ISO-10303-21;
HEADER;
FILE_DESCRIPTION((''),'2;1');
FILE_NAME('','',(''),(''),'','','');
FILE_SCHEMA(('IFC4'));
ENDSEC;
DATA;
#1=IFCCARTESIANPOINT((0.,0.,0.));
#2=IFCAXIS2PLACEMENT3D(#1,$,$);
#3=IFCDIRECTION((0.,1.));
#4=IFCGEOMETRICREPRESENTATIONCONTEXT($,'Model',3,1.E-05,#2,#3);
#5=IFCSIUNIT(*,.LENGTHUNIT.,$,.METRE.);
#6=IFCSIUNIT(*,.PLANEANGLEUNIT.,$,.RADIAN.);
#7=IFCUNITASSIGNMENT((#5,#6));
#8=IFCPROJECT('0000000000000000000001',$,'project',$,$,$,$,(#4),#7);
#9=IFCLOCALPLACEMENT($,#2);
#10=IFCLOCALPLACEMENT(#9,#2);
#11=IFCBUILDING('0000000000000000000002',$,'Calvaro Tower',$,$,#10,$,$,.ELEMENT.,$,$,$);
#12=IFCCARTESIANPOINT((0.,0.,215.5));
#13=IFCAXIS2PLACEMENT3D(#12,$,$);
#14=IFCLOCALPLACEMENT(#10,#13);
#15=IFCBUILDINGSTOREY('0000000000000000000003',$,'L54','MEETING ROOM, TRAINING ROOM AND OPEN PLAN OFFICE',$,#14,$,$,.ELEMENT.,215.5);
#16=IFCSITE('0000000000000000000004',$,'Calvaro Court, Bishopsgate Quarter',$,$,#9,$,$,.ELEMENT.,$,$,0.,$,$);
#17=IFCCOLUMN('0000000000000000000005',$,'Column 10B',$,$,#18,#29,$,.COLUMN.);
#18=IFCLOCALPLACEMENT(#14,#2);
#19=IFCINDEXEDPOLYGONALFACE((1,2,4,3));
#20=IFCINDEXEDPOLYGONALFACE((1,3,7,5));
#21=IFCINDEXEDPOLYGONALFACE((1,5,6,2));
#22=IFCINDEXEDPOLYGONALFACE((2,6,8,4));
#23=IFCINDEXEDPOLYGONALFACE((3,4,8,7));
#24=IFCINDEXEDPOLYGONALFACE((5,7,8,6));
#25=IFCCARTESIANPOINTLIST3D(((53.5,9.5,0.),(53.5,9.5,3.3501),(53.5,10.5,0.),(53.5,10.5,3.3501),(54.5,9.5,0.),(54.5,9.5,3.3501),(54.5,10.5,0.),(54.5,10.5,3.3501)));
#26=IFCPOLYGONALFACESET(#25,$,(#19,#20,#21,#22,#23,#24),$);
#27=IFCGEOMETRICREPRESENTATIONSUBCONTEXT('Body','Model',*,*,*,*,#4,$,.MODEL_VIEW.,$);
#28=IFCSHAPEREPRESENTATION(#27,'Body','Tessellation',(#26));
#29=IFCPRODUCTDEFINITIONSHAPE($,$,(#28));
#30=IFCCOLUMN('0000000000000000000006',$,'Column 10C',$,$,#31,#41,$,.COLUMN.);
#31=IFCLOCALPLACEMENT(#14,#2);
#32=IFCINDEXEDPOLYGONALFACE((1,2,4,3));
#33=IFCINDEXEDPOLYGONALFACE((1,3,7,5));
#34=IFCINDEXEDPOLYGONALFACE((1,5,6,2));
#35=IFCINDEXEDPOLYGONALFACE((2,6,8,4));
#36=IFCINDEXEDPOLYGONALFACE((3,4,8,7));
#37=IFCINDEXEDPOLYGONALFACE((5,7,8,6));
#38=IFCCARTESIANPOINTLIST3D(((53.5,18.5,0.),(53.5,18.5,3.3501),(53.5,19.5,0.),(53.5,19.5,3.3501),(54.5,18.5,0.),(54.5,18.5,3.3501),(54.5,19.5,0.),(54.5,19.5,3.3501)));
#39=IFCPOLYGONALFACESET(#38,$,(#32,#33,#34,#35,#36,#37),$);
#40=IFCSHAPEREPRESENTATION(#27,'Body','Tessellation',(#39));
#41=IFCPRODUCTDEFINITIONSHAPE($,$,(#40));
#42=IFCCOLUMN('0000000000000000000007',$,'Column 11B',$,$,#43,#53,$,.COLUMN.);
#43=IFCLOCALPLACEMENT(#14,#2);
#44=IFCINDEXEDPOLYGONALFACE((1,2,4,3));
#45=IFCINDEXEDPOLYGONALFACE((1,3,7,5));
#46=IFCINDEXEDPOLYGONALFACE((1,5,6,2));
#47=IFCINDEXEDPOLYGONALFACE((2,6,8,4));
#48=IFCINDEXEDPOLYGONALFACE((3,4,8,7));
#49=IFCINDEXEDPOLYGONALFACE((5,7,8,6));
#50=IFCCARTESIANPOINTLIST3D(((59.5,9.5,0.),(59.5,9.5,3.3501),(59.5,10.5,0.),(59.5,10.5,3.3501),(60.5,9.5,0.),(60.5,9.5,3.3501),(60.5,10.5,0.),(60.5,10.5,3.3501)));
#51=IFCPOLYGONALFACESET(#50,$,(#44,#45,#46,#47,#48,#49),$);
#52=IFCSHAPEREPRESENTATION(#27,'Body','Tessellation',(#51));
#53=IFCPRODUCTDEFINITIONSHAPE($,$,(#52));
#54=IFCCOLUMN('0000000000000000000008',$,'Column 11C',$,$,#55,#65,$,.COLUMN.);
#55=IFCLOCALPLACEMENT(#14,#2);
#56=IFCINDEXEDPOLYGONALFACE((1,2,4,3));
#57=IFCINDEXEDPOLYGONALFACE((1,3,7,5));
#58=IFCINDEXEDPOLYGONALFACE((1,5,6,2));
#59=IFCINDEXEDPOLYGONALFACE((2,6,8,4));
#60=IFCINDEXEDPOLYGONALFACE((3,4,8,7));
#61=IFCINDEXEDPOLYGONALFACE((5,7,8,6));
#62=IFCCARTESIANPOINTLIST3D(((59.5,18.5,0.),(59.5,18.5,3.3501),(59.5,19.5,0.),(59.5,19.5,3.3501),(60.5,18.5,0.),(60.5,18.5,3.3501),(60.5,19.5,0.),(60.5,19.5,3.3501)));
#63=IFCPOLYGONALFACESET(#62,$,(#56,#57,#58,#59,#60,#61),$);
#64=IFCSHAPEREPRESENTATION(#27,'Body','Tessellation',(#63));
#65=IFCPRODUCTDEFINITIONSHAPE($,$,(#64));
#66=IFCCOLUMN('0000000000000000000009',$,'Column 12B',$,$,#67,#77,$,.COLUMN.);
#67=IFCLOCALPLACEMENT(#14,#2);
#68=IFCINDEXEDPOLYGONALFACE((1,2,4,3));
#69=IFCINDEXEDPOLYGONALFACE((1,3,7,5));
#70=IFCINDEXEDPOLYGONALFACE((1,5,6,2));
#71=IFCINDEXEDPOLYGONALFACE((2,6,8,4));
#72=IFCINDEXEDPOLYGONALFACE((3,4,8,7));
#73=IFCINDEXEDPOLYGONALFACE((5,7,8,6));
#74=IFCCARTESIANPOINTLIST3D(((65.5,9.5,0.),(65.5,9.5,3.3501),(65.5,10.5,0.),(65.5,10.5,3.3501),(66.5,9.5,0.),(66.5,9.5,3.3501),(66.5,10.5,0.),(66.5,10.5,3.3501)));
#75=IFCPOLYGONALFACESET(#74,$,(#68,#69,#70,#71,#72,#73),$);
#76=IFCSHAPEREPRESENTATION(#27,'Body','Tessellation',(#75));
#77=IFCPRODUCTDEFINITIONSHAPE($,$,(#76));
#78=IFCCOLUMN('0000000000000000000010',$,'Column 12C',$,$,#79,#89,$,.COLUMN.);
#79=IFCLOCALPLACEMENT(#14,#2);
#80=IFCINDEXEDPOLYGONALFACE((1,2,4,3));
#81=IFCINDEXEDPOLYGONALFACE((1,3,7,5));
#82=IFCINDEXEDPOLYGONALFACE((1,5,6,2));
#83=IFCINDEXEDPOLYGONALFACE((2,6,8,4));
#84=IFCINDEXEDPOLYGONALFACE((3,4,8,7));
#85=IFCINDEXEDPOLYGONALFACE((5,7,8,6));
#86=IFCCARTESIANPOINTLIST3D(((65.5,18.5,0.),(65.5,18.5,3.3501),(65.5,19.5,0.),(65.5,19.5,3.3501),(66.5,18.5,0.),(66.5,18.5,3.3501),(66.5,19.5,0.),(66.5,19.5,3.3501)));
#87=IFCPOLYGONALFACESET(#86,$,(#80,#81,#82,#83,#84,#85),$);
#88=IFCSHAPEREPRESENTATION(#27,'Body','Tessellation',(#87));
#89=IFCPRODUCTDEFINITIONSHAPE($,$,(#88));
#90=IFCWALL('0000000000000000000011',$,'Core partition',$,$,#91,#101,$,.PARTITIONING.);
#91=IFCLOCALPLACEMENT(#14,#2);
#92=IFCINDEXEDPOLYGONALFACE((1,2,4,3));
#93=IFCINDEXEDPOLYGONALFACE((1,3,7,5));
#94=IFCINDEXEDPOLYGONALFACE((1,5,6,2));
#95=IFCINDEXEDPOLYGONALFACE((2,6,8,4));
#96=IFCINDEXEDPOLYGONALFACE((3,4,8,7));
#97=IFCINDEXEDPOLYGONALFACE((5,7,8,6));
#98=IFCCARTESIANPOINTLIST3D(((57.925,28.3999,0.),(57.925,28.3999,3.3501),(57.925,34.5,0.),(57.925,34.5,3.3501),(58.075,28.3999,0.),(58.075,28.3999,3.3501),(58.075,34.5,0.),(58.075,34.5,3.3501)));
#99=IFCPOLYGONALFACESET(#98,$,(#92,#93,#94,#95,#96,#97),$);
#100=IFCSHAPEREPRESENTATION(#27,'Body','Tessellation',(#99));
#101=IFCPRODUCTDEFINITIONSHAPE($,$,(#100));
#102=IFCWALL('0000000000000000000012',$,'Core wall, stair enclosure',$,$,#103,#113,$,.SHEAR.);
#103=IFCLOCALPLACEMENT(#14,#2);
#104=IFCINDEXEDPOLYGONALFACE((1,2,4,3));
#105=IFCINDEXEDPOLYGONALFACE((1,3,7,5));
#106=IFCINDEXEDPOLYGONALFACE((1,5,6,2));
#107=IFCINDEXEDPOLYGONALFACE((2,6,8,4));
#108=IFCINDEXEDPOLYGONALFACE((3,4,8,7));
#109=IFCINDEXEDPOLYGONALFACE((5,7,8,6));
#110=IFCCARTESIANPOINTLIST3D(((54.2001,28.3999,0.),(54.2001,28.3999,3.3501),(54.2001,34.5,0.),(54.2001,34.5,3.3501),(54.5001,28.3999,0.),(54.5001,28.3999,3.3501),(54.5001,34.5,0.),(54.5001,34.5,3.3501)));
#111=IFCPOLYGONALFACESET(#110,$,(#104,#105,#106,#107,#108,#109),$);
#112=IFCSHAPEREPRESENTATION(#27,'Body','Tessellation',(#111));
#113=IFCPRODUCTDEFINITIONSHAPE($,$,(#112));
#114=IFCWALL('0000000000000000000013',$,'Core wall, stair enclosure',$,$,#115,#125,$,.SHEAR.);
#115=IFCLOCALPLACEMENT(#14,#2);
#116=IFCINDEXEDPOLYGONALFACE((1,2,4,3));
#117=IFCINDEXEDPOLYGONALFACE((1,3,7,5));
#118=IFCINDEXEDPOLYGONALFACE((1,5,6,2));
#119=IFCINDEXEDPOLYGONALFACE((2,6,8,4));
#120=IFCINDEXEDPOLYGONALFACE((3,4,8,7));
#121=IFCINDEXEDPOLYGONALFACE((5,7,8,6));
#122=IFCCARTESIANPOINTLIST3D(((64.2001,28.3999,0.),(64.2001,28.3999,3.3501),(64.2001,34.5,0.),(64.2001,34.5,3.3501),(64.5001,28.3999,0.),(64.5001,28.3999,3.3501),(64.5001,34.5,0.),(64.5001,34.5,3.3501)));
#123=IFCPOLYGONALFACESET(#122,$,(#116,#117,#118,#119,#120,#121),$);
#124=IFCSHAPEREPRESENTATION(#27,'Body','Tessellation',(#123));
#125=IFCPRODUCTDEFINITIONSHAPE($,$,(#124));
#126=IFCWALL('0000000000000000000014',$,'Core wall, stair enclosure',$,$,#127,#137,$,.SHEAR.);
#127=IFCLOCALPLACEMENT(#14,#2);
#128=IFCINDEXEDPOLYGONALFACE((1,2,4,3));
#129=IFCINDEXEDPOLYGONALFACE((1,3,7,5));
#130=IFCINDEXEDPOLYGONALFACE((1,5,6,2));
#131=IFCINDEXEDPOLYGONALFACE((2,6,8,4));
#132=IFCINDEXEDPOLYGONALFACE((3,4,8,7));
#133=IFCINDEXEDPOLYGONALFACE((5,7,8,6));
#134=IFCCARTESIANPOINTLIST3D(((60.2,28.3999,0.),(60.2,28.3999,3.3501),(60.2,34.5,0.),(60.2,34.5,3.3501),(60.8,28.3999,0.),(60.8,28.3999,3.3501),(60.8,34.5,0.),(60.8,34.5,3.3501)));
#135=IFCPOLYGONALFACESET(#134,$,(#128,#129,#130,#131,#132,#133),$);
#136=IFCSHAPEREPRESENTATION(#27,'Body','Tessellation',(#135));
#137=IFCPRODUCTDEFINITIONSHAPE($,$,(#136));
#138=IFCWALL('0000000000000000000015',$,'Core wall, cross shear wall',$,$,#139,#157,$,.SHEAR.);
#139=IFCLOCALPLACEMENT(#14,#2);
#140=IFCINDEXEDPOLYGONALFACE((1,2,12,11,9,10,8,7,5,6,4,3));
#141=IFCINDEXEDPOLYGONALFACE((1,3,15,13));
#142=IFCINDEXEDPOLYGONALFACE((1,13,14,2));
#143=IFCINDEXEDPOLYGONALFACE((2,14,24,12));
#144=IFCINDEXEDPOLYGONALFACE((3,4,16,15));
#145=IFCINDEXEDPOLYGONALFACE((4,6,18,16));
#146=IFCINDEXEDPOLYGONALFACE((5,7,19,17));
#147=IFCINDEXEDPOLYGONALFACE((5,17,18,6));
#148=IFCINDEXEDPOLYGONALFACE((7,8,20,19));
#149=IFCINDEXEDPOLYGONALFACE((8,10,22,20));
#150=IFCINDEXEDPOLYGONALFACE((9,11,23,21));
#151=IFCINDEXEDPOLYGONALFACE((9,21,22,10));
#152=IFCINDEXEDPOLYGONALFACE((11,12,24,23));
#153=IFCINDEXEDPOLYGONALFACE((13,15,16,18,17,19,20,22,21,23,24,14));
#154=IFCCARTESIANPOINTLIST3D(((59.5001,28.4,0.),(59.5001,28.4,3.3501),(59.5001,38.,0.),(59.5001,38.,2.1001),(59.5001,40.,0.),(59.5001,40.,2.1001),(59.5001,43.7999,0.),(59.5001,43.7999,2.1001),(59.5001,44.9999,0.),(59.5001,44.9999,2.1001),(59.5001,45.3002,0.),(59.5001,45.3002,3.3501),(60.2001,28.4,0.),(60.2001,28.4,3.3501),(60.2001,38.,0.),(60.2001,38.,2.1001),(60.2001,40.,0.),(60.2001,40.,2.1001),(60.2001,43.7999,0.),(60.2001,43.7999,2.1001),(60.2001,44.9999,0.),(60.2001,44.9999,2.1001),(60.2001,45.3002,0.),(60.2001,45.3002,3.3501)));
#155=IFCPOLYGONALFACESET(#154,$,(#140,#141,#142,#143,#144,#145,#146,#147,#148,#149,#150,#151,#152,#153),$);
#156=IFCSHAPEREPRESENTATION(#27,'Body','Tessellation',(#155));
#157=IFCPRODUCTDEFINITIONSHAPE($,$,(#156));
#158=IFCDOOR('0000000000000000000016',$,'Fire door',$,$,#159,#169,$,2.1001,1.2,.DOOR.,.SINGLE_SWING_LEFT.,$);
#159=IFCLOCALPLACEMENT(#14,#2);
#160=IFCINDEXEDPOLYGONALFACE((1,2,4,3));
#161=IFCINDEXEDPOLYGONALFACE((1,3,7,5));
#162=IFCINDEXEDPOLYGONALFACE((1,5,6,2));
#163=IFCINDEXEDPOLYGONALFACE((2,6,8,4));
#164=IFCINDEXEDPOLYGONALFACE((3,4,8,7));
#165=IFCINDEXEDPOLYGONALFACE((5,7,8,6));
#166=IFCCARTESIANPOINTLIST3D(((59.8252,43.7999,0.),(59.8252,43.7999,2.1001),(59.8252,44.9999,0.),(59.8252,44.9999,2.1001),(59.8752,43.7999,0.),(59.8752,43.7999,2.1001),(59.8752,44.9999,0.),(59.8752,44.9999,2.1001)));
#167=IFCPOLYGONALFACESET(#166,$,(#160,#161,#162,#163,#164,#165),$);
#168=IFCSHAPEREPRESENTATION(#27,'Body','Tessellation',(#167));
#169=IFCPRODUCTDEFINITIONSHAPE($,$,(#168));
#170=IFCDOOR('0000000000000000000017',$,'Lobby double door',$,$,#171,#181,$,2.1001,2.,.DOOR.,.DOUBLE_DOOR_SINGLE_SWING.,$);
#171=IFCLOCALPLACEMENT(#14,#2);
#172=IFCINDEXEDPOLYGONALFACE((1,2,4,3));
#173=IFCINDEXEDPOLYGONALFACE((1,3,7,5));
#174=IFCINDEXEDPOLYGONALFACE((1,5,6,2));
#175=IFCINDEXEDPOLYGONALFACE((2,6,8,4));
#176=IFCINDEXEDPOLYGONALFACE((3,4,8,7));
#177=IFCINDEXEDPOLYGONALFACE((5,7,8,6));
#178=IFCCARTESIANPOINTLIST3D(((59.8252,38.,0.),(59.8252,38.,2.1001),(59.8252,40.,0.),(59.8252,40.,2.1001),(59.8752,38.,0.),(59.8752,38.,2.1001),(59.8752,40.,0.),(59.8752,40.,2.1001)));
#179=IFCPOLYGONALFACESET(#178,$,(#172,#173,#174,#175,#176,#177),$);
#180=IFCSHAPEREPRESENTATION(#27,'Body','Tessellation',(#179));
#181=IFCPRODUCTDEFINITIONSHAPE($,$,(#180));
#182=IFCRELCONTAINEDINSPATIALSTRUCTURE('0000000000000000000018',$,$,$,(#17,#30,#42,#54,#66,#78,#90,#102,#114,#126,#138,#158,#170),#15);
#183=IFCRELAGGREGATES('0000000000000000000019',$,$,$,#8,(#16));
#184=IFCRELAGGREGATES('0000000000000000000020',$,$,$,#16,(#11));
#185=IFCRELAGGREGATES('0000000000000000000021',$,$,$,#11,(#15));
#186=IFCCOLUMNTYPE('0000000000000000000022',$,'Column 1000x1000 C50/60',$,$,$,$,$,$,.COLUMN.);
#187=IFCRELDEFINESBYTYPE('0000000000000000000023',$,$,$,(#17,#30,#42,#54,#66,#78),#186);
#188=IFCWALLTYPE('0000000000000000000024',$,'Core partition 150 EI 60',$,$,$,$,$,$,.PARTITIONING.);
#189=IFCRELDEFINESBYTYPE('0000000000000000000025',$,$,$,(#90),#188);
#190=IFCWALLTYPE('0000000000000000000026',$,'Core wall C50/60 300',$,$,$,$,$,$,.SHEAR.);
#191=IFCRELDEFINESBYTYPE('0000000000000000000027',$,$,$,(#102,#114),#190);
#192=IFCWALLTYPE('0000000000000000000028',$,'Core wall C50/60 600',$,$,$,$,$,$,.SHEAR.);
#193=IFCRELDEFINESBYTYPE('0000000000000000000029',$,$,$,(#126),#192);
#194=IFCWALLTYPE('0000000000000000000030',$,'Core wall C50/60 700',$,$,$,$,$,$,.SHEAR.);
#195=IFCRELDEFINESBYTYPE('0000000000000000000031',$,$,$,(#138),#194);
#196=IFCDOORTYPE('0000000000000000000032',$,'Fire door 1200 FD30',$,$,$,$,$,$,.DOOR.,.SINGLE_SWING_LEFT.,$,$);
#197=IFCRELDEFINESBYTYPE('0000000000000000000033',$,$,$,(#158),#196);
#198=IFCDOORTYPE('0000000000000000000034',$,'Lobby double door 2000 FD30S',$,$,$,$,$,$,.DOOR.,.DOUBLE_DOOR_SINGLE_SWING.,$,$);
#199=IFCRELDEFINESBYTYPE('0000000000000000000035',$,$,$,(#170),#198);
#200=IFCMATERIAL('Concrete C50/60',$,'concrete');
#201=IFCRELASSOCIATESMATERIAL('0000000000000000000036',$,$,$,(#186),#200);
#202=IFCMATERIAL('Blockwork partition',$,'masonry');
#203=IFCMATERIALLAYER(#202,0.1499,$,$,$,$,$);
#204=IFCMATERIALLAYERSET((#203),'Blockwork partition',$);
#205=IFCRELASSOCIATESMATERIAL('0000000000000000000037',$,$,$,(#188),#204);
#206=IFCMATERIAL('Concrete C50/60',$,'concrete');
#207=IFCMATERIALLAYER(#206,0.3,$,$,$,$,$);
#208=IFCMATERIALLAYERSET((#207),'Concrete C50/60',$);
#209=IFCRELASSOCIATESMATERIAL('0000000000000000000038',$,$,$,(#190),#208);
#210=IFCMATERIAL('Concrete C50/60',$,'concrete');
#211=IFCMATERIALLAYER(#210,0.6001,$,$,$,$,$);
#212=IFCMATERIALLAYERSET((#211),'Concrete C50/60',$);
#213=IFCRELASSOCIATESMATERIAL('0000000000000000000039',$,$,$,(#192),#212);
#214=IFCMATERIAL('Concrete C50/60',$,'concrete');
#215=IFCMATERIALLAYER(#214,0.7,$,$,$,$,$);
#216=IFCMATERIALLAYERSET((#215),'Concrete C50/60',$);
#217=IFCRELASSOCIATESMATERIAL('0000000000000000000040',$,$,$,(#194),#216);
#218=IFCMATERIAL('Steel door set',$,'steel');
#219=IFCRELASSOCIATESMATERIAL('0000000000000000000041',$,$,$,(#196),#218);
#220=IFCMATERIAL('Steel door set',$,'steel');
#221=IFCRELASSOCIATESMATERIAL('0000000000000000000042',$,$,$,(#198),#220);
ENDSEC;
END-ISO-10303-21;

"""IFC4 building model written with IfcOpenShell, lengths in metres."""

from ifc_helpers import new_model, si_unit, direction, frame, frame_2d, origin, origin_2d, place, context, subcontext, project, spatial, rectangle, extrude, material, layer, layer_set, material_profile, profile_set, type_object, element, fill, save


model = new_model("IFC4")

# Units and contexts
model_context = context("Model", 3, precision=1e-05, world=origin(), true_north=direction((0.0, 1.0)))
body_context = subcontext(model_context, "Body", "Model", "MODEL_VIEW")
ifc_project = project(units=[si_unit("LENGTHUNIT", "METRE"), si_unit("PLANEANGLEUNIT", "RADIAN")], contexts=[model_context])

# Site, building, storey
site_placement = place(None, origin())
site = spatial("IfcSite", under=ifc_project, at=site_placement, Name="Calvaro Court, Bishopsgate Quarter", CompositionType="ELEMENT", RefElevation=0.0)
building_placement = place(site_placement, origin())
building = spatial("IfcBuilding", under=site, at=building_placement, Name="Calvaro Tower", CompositionType="ELEMENT")
storey_placement = place(building_placement, frame((0.0, 0.0, 215.5)))
storey = spatial("IfcBuildingStorey", under=building, at=storey_placement, Name="L54", Description="MEETING ROOM, TRAINING ROOM AND OPEN PLAN OFFICE", CompositionType="ELEMENT", Elevation=215.5)

# Columns
ifc_material_1 = material(Name="Concrete C50/60", Category="concrete")
ifc_material_profile = material_profile(ifc_material_1, rectangle(XDim=1.0, YDim=1.0, at=origin_2d()), Name="RC 1000x1000")
ifc_profile_set = profile_set([ifc_material_profile], Name="Concrete C50/60")
column_type = type_object("IfcColumnType", Name="Column 1000x1000 C50/60", PredefinedType="COLUMN", material=ifc_profile_set)
for number, where, z_axis, x_axis, name in (
    (1, (54.0, 10.0, 0.0), (0.0, 0.0, 1.0), (1.0, 0.0, 0.0), "Column 10B"),
    (2, (54.0, 19.0, 0.0), (0.0, 0.0, 1.0), (1.0, 0.0, 0.0), "Column 10C"),
    (3, (60.0, 10.0, 0.0), (0.0, 0.0, 1.0), (1.0, 0.0, 0.0), "Column 11B"),
    (4, (60.0, 19.0, 0.0), (0.0, 0.0, 1.0), (1.0, 0.0, 0.0), "Column 11C"),
    (5, (66.0, 10.0, 0.0), (0.0, 0.0, 1.0), (1.0, 0.0, 0.0), "Column 12B"),
    (6, (66.0, 19.0, 0.0), (0.0, 0.0, 1.0), (1.0, 0.0, 0.0), "Column 12C"),
):
    element("IfcColumn", number, at=place(storey_placement, frame(where, z_axis=z_axis, x_axis=x_axis)), inside=storey, type_object=column_type, Name=name, PredefinedType="COLUMN", context=body_context, shape_type="SweptSolid", body=[
        extrude(rectangle(XDim=1.0, YDim=1.0, at=origin_2d()), origin(), (0.0, 0.0, 1.0), 3.3501),
    ])

# Walls
ifc_material_2 = material(Name="Blockwork partition", Category="masonry")
ifc_layer_1 = layer(ifc_material_2, 0.1499)
ifc_layer_set_1 = layer_set([ifc_layer_1], Name="Blockwork partition")
wall_type_1 = type_object("IfcWallType", Name="Core partition 150 EI 60", PredefinedType="PARTITIONING", material=ifc_layer_set_1)
wall_1_placement = place(storey_placement, frame((58.0, 28.3999, 0.0), z_axis=(0.0, 0.0, 1.0), x_axis=(0.0, 1.0, 0.0)))
element("IfcWall", 7, at=wall_1_placement, inside=storey, type_object=wall_type_1, Name="Core partition", PredefinedType="PARTITIONING", context=body_context, shape_type="SweptSolid", body=[
    extrude(rectangle(XDim=6.1001, YDim=0.1499, at=frame_2d((3.05, 0.0))), origin(), (0.0, 0.0, 1.0), 3.3501),
])
ifc_material_3 = material(Name="Concrete C50/60", Category="concrete")
ifc_layer_2 = layer(ifc_material_3, 0.3)
ifc_layer_set_2 = layer_set([ifc_layer_2], Name="Concrete C50/60")
wall_type_2 = type_object("IfcWallType", Name="Core wall C50/60 300", PredefinedType="SHEAR", material=ifc_layer_set_2)
for number, where, z_axis, x_axis, name in (
    (8, (54.3501, 28.3999, 0.0), (0.0, 0.0, 1.0), (0.0, 1.0, 0.0), "Core wall, stair enclosure"),
    (9, (64.3501, 28.3999, 0.0), (0.0, 0.0, 1.0), (0.0, 1.0, 0.0), "Core wall, stair enclosure"),
):
    element("IfcWall", number, at=place(storey_placement, frame(where, z_axis=z_axis, x_axis=x_axis)), inside=storey, type_object=wall_type_2, Name=name, PredefinedType="SHEAR", context=body_context, shape_type="SweptSolid", body=[
        extrude(rectangle(XDim=6.1001, YDim=0.3, at=frame_2d((3.05, 0.0))), origin(), (0.0, 0.0, 1.0), 3.3501),
    ])
ifc_material_4 = material(Name="Concrete C50/60", Category="concrete")
ifc_layer_3 = layer(ifc_material_4, 0.6001)
ifc_layer_set_3 = layer_set([ifc_layer_3], Name="Concrete C50/60")
wall_type_3 = type_object("IfcWallType", Name="Core wall C50/60 600", PredefinedType="SHEAR", material=ifc_layer_set_3)
wall_2_placement = place(storey_placement, frame((60.5, 28.3999, 0.0), z_axis=(0.0, 0.0, 1.0), x_axis=(0.0, 1.0, 0.0)))
element("IfcWall", 10, at=wall_2_placement, inside=storey, type_object=wall_type_3, Name="Core wall, stair enclosure", PredefinedType="SHEAR", context=body_context, shape_type="SweptSolid", body=[
    extrude(rectangle(XDim=6.1001, YDim=0.6001, at=frame_2d((3.05, 0.0))), origin(), (0.0, 0.0, 1.0), 3.3501),
])

# Wall, openings, doors
ifc_material_5 = material(Name="Concrete C50/60", Category="concrete")
ifc_layer_4 = layer(ifc_material_5, 0.7)
ifc_layer_set_4 = layer_set([ifc_layer_4], Name="Concrete C50/60")
wall_type_4 = type_object("IfcWallType", Name="Core wall C50/60 700", PredefinedType="SHEAR", material=ifc_layer_set_4)
wall_3_placement = place(storey_placement, frame((59.8501, 28.3999, 0.0), z_axis=(0.0, 0.0, 1.0), x_axis=(0.0, 1.0, 0.0)))
wall_3 = element("IfcWall", 11, at=wall_3_placement, inside=storey, type_object=wall_type_4, Name="Core wall, cross shear wall", PredefinedType="SHEAR", context=body_context, shape_type="SweptSolid", body=[
    extrude(rectangle(XDim=16.9001, YDim=0.7, at=frame_2d((8.4502, 0.0))), origin(), (0.0, 0.0, 1.0), 3.3501),
])
opening_1_placement = place(wall_3_placement, frame((9.6001, 0.0, 0.0)))
opening_1 = element("IfcOpeningElement", 12, at=opening_1_placement, cuts=wall_3, PredefinedType="OPENING", context=body_context, shape_type="SweptSolid", body=[
    extrude(rectangle(XDim=2.0, YDim=2.1001, at=frame_2d((1.0, 1.05))), frame((0.0, 0.3599, 0.0), z_axis=(0.0, -1.0, 0.0), x_axis=(1.0, 0.0, 0.0)), (0.0, 0.0, 1.0), 0.72),
])
opening_2_placement = place(wall_3_placement, frame((15.3999, 0.0, 0.0)))
opening_2 = element("IfcOpeningElement", 13, at=opening_2_placement, cuts=wall_3, PredefinedType="OPENING", context=body_context, shape_type="SweptSolid", body=[
    extrude(rectangle(XDim=1.2, YDim=2.1001, at=frame_2d((0.6001, 1.05))), frame((0.0, 0.3599, 0.0), z_axis=(0.0, -1.0, 0.0), x_axis=(1.0, 0.0, 0.0)), (0.0, 0.0, 1.0), 0.72),
])
ifc_material_6 = material(Name="Steel door set", Category="steel")
door_type_1 = type_object("IfcDoorType", Name="Fire door 1200 FD30", OperationType="SINGLE_SWING_LEFT", PredefinedType="DOOR", material=ifc_material_6)
door_1_placement = place(opening_2_placement, origin())
door_1 = element("IfcDoor", 14, at=door_1_placement, inside=storey, type_object=door_type_1, Name="Fire door", OperationType="SINGLE_SWING_LEFT", OverallHeight=2.1001, OverallWidth=1.2, PredefinedType="DOOR", context=body_context, shape_type="SweptSolid", body=[
    extrude(rectangle(XDim=1.2, YDim=2.1001, at=frame_2d((0.6001, 1.05))), frame((0.0, 0.0249, 0.0), z_axis=(0.0, -1.0, 0.0), x_axis=(1.0, 0.0, 0.0)), (0.0, 0.0, 1.0), 0.05),
])
fill(opening_2, door_1)
ifc_material_7 = material(Name="Steel door set", Category="steel")
door_type_2 = type_object("IfcDoorType", Name="Lobby double door 2000 FD30S", OperationType="DOUBLE_DOOR_SINGLE_SWING", PredefinedType="DOOR", material=ifc_material_7)
door_2_placement = place(opening_1_placement, origin())
door_2 = element("IfcDoor", 15, at=door_2_placement, inside=storey, type_object=door_type_2, Name="Lobby double door", OperationType="DOUBLE_DOOR_SINGLE_SWING", OverallHeight=2.1001, OverallWidth=2.0, PredefinedType="DOOR", context=body_context, shape_type="SweptSolid", body=[
    extrude(rectangle(XDim=2.0, YDim=2.1001, at=frame_2d((1.0, 1.05))), frame((0.0, 0.0249, 0.0), z_axis=(0.0, -1.0, 0.0), x_axis=(1.0, 0.0, 0.0)), (0.0, 0.0, 1.0), 0.05),
])
fill(opening_1, door_2)

save(model, "model.ifc")
